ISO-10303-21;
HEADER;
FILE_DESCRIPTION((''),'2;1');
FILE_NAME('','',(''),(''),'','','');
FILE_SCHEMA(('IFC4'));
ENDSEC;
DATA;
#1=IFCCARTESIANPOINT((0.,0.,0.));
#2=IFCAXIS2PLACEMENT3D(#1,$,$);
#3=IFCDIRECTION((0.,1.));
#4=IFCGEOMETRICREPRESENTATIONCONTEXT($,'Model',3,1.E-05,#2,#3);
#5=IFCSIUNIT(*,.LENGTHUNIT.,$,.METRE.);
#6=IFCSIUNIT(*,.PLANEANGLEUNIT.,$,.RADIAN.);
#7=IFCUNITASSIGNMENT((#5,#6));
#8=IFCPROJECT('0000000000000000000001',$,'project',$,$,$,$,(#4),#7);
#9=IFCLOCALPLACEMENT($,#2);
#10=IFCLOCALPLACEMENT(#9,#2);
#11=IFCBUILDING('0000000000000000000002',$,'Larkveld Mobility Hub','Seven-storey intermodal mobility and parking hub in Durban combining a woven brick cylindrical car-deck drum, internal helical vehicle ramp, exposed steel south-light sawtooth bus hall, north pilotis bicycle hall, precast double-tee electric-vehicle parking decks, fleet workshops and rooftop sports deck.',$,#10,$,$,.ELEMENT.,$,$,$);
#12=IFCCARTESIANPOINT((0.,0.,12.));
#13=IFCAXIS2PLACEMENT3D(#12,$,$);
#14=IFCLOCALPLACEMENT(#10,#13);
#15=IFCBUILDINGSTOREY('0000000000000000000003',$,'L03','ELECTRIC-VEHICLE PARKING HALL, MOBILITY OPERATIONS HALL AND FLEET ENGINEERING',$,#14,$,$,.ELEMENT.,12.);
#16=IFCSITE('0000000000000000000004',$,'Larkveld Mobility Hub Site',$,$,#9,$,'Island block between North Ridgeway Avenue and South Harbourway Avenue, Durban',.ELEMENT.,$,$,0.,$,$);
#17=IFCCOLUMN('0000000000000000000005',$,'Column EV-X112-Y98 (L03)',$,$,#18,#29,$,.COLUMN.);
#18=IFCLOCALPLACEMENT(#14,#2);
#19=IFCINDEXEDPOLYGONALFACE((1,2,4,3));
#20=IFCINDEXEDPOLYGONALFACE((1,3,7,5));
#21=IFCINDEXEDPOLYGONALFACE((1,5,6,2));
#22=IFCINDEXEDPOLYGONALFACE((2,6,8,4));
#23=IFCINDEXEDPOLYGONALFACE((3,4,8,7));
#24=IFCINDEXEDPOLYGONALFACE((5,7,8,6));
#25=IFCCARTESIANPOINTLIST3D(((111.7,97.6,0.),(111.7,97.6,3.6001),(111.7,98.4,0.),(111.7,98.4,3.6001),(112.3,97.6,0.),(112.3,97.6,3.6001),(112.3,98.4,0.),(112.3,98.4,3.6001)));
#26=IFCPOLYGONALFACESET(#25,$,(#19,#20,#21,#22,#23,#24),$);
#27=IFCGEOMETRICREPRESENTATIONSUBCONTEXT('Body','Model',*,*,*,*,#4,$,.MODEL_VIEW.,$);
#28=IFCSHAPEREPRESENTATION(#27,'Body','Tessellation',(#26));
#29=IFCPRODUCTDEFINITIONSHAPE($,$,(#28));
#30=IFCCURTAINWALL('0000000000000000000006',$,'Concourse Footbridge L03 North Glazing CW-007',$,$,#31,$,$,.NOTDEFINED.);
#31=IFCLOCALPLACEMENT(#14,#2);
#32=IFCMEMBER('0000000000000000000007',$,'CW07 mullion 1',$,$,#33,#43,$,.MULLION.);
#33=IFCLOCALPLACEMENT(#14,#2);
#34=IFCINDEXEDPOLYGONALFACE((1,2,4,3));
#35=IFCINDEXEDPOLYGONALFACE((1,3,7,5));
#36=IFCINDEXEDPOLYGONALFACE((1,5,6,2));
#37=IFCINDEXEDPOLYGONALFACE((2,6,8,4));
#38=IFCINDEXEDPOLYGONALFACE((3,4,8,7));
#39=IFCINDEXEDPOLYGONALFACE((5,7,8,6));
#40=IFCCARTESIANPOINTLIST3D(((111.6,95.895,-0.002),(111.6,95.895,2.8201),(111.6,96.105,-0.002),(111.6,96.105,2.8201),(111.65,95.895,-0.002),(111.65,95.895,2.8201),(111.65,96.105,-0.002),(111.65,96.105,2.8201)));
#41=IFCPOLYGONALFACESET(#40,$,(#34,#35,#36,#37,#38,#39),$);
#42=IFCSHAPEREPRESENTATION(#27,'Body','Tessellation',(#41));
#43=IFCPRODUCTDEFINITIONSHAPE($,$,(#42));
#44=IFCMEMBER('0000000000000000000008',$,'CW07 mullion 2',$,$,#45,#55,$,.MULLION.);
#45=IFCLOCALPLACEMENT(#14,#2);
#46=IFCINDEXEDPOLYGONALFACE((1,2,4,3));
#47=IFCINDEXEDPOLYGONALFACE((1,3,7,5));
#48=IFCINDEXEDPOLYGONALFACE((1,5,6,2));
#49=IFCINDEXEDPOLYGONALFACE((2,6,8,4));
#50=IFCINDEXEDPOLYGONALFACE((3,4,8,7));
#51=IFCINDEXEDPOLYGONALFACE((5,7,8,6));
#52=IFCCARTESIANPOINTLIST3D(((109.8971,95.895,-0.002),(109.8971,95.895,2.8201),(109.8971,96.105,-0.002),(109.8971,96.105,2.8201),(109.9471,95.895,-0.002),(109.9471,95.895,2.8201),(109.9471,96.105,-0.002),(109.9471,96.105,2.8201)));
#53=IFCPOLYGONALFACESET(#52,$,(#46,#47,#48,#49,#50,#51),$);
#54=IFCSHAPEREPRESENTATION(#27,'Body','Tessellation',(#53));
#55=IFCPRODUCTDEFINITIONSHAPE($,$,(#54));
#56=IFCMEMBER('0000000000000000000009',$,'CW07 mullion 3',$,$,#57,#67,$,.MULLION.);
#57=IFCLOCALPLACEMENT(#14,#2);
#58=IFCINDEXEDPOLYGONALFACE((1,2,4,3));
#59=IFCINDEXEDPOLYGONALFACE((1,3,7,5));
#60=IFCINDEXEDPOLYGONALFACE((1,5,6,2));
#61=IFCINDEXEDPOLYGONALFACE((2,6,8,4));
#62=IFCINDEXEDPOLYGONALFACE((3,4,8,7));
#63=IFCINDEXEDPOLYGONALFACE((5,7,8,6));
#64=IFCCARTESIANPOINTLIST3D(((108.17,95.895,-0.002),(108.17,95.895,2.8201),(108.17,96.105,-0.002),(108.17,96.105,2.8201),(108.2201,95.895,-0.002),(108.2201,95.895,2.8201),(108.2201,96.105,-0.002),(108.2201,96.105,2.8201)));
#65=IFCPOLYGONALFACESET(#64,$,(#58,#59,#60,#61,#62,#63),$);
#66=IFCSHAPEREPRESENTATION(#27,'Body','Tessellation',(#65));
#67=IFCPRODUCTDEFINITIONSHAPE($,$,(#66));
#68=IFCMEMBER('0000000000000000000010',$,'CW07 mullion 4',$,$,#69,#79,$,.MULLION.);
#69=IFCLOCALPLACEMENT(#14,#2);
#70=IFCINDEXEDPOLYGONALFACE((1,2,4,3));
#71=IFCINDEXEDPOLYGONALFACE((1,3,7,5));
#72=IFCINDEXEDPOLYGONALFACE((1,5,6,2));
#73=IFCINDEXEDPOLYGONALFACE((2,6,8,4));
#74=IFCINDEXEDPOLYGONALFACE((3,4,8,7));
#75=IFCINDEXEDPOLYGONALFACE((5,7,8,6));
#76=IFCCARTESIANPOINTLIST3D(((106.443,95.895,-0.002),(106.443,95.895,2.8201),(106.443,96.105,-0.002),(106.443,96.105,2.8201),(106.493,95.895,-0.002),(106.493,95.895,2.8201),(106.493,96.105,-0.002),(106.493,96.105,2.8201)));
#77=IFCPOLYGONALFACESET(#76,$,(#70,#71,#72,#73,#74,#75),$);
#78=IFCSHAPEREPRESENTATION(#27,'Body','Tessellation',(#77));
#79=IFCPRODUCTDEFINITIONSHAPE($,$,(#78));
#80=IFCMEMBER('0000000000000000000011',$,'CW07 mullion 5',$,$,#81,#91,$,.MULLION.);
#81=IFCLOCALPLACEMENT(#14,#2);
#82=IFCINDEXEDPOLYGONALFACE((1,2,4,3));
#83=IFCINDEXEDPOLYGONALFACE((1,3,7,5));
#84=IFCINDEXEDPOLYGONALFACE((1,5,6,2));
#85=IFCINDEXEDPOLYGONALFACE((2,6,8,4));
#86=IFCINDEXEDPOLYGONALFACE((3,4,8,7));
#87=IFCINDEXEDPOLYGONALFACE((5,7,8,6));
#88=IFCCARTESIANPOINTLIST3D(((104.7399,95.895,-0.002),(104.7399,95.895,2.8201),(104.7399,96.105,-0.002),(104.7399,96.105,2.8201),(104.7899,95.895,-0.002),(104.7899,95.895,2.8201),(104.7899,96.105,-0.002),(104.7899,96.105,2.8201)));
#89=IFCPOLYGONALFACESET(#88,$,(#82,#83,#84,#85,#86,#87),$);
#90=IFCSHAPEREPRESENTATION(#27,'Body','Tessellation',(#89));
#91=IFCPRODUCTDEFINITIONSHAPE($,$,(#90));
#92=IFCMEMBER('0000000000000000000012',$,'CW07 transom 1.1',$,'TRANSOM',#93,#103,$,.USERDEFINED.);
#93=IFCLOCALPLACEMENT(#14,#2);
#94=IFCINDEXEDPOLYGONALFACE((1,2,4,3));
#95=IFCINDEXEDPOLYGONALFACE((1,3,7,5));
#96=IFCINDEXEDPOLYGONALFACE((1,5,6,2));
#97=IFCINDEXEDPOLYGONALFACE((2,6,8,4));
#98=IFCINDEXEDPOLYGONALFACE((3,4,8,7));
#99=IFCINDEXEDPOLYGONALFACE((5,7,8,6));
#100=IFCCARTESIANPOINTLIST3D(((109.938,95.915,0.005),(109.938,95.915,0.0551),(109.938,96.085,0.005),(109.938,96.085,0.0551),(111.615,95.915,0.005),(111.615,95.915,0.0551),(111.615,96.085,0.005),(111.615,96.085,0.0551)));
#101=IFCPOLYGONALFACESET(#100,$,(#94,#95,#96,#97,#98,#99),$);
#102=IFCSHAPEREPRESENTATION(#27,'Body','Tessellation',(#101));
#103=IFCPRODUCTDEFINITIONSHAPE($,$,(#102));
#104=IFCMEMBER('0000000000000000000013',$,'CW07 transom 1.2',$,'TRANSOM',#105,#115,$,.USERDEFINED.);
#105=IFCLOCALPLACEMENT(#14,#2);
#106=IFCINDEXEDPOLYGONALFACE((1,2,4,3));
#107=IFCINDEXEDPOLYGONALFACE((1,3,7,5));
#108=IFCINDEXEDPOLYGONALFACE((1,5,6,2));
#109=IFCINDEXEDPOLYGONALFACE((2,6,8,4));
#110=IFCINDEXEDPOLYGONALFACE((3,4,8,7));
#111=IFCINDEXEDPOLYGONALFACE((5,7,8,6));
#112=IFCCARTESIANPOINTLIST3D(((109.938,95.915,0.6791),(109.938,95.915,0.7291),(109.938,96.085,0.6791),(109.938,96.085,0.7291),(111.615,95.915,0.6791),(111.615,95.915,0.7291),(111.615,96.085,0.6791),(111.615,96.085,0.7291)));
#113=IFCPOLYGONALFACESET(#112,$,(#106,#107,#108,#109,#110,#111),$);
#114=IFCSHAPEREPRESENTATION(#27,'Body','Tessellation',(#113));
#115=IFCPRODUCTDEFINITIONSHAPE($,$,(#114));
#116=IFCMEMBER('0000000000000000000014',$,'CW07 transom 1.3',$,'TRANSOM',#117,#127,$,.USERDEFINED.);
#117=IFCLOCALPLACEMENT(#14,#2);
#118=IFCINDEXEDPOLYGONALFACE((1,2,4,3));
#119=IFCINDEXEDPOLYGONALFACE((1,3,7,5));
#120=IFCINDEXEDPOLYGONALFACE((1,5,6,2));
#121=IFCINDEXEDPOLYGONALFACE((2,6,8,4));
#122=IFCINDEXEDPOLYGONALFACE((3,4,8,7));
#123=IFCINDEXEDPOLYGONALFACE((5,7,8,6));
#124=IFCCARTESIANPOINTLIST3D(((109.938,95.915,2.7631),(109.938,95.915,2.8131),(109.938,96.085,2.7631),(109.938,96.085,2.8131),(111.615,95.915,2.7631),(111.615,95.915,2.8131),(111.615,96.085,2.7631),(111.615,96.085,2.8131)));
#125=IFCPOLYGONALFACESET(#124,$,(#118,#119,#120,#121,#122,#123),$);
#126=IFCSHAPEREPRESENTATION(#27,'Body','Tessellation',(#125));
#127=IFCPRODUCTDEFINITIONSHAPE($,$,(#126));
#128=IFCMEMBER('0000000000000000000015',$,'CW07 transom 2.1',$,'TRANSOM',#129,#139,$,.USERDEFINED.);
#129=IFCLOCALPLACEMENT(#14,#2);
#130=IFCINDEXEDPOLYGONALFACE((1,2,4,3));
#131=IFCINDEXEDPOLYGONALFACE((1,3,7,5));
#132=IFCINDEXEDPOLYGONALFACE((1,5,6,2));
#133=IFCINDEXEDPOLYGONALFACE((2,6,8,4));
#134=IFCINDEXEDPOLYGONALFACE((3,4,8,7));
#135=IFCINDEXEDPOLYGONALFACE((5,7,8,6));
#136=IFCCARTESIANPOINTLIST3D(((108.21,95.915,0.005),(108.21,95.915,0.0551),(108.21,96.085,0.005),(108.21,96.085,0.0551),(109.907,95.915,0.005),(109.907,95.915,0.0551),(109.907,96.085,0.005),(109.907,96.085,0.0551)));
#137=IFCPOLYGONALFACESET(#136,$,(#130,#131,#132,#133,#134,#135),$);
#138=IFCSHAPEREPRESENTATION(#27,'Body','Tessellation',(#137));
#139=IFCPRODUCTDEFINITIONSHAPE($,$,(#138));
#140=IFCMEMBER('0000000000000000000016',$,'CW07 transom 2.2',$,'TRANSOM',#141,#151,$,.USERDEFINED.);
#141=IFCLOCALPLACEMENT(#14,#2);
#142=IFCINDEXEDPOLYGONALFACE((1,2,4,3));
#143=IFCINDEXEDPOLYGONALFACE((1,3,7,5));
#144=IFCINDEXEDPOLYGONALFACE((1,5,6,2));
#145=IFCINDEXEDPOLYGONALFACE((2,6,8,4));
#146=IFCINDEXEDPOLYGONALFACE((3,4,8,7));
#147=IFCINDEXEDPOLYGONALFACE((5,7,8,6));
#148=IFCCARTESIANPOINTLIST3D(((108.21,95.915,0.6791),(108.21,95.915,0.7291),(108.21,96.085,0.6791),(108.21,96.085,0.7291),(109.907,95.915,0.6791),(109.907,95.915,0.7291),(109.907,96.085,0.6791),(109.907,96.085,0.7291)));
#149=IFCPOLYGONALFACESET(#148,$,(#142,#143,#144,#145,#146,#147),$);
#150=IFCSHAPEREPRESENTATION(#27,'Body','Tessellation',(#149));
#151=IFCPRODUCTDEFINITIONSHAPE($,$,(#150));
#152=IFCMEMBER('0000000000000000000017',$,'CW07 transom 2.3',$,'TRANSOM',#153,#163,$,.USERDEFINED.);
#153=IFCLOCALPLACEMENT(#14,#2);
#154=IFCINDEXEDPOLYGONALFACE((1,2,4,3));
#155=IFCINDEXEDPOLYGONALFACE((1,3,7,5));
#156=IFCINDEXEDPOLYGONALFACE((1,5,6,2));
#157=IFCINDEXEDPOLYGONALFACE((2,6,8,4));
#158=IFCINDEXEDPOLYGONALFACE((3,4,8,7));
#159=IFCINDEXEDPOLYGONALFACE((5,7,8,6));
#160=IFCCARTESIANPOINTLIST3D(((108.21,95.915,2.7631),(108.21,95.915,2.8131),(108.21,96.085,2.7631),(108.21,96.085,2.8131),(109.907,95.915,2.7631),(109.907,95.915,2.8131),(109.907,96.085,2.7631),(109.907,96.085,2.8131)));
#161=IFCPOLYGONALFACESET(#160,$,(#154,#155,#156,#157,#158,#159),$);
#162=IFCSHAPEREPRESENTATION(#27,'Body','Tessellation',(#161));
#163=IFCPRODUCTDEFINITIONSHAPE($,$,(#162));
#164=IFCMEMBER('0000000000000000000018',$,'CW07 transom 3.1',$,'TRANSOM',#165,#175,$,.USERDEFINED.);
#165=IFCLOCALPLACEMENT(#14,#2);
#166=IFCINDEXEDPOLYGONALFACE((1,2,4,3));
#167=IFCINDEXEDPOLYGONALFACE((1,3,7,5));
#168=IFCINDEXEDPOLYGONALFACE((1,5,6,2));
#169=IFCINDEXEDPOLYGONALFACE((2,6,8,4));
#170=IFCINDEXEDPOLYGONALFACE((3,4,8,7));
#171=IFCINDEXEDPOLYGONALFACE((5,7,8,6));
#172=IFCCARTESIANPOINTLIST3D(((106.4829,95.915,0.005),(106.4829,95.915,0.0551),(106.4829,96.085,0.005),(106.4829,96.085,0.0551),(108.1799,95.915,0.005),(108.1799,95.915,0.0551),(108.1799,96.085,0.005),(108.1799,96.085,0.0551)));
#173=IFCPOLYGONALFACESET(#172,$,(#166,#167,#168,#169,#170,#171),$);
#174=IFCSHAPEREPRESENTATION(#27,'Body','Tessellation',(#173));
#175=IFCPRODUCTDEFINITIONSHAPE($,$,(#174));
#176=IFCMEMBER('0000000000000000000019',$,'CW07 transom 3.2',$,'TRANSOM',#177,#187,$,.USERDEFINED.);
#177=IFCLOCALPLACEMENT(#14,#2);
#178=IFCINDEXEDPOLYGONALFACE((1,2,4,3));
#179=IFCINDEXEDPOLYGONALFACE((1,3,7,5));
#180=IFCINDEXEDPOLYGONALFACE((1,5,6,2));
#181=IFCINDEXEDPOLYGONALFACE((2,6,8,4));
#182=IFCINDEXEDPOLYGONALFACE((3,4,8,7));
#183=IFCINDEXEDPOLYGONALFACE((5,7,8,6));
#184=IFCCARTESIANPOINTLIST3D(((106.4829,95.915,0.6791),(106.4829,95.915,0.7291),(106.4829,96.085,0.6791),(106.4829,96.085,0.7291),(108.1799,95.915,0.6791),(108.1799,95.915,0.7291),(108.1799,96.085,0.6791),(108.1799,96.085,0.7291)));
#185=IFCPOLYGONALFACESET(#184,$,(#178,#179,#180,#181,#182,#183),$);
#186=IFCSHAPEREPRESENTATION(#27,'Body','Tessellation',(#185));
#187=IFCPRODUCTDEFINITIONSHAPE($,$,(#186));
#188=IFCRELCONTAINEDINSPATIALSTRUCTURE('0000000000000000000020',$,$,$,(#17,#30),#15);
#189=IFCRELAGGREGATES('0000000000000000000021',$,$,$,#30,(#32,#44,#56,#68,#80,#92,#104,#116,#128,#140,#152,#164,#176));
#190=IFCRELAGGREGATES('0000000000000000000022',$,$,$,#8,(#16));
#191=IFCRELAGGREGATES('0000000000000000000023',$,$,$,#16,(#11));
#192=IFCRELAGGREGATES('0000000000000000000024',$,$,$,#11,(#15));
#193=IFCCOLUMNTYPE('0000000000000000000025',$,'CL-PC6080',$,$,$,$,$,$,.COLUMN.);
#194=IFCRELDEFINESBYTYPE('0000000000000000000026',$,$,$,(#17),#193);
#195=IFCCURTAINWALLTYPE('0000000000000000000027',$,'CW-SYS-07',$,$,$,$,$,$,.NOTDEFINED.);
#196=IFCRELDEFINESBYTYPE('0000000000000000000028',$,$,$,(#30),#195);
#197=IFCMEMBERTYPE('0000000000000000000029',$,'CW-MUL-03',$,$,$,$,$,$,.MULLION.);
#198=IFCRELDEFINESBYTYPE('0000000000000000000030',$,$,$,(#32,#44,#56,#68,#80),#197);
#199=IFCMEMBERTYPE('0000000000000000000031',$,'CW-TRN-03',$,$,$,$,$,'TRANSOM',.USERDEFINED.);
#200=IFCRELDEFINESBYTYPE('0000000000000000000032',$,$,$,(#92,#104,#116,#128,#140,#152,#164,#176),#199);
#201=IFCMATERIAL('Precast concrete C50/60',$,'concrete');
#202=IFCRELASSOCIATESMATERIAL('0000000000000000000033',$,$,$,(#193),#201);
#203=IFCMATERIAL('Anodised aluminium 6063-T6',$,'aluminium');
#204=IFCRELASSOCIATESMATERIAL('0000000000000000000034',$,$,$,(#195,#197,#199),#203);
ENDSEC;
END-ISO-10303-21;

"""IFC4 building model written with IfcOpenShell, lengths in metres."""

from ifc_helpers import new_model, si_unit, direction, frame, origin, origin_2d, place, context, subcontext, project, spatial, rectangle, extrude, material, material_profile, profile_set, type_object, element, aggregate, save


model = new_model("IFC4")

# Units and contexts
model_context = context("Model", 3, precision=1e-05, world=origin(), true_north=direction((0.0, 1.0)))
body_context = subcontext(model_context, "Body", "Model", "MODEL_VIEW")
ifc_project = project(units=[si_unit("LENGTHUNIT", "METRE"), si_unit("PLANEANGLEUNIT", "RADIAN")], contexts=[model_context])

# Site, building, storey
site_placement = place(None, origin())
site = spatial("IfcSite", under=ifc_project, at=site_placement, Name="Larkveld Mobility Hub Site", LongName="Island block between North Ridgeway Avenue and South Harbourway Avenue, Durban", CompositionType="ELEMENT", RefElevation=0.0)
building_placement = place(site_placement, origin())
building = spatial("IfcBuilding", under=site, at=building_placement, Name="Larkveld Mobility Hub", Description="Seven-storey intermodal mobility and parking hub in Durban combining a woven brick cylindrical car-deck drum, internal helical vehicle ramp, exposed steel south-light sawtooth bus hall, north pilotis bicycle hall, precast double-tee electric-vehicle parking decks, fleet workshops and rooftop sports deck.", CompositionType="ELEMENT")
storey_placement = place(building_placement, frame((0.0, 0.0, 12.0)))
storey = spatial("IfcBuildingStorey", under=building, at=storey_placement, Name="L03", Description="ELECTRIC-VEHICLE PARKING HALL, MOBILITY OPERATIONS HALL AND FLEET ENGINEERING", CompositionType="ELEMENT", Elevation=12.0)

# Column
ifc_material_1 = material(Name="Precast concrete C50/60", Category="concrete")
ifc_material_profile_1 = material_profile(ifc_material_1, rectangle(XDim=0.6001, YDim=0.8, at=origin_2d()), Name="RC COL 600x800")
ifc_profile_set_1 = profile_set([ifc_material_profile_1], Name="Precast concrete C50/60")
column_type = type_object("IfcColumnType", Name="CL-PC6080", PredefinedType="COLUMN", material=ifc_profile_set_1)
column_placement = place(storey_placement, frame((112.0, 98.0, 0.0), z_axis=(0.0, 0.0, 1.0), x_axis=(1.0, 0.0, 0.0)))
element("IfcColumn", 1, at=column_placement, inside=storey, type_object=column_type, Name="Column EV-X112-Y98 (L03)", PredefinedType="COLUMN", context=body_context, shape_type="SweptSolid", body=[
    extrude(rectangle(XDim=0.6001, YDim=0.8, at=origin_2d()), origin(), (0.0, 0.0, 1.0), 3.6001),
])

# Curtain wall, members
ifc_material_2 = material(Name="Anodised aluminium 6063-T6", Category="aluminium")
curtain_wall_type = type_object("IfcCurtainWallType", Name="CW-SYS-07", PredefinedType="NOTDEFINED", material=ifc_material_2)
curtain_wall_placement = place(storey_placement, origin())
curtain_wall = element("IfcCurtainWall", 2, at=curtain_wall_placement, inside=storey, type_object=curtain_wall_type, Name="Concourse Footbridge L03 North Glazing CW-007", PredefinedType="NOTDEFINED")
ifc_material_profile_2 = material_profile(ifc_material_2, rectangle(XDim=0.05, YDim=0.21, at=origin_2d()), Name="ALU MULL 50x210")
ifc_profile_set_2 = profile_set([ifc_material_profile_2], Name="Anodised aluminium 6063-T6")
member_type_1 = type_object("IfcMemberType", Name="CW-MUL-03", PredefinedType="MULLION", material=ifc_profile_set_2)
member_1_placement = place(storey_placement, frame((111.625, 96.0, -0.002), z_axis=(0.0, 0.0, 1.0), x_axis=(-1.0, 0.0, 0.0)))
member_1 = element("IfcMember", 3, at=member_1_placement, type_object=member_type_1, Name="CW07 mullion 1", PredefinedType="MULLION", context=body_context, shape_type="SweptSolid", body=[
    extrude(rectangle(XDim=0.05, YDim=0.21, at=origin_2d()), origin(), (0.0, 0.0, 1.0), 2.822),
])
member_2_placement = place(storey_placement, frame((109.9221, 96.0, -0.002), z_axis=(0.0, 0.0, 1.0), x_axis=(-1.0, 0.0, 0.0)))
member_2 = element("IfcMember", 4, at=member_2_placement, type_object=member_type_1, Name="CW07 mullion 2", PredefinedType="MULLION", context=body_context, shape_type="SweptSolid", body=[
    extrude(rectangle(XDim=0.05, YDim=0.21, at=origin_2d()), origin(), (0.0, 0.0, 1.0), 2.822),
])
member_3_placement = place(storey_placement, frame((108.1951, 96.0, -0.002), z_axis=(0.0, 0.0, 1.0), x_axis=(-1.0, 0.0, 0.0)))
member_3 = element("IfcMember", 5, at=member_3_placement, type_object=member_type_1, Name="CW07 mullion 3", PredefinedType="MULLION", context=body_context, shape_type="SweptSolid", body=[
    extrude(rectangle(XDim=0.05, YDim=0.21, at=origin_2d()), origin(), (0.0, 0.0, 1.0), 2.822),
])
member_4_placement = place(storey_placement, frame((106.468, 96.0, -0.002), z_axis=(0.0, 0.0, 1.0), x_axis=(-1.0, 0.0, 0.0)))
member_4 = element("IfcMember", 6, at=member_4_placement, type_object=member_type_1, Name="CW07 mullion 4", PredefinedType="MULLION", context=body_context, shape_type="SweptSolid", body=[
    extrude(rectangle(XDim=0.05, YDim=0.21, at=origin_2d()), origin(), (0.0, 0.0, 1.0), 2.822),
])
member_5_placement = place(storey_placement, frame((104.7649, 96.0, -0.002), z_axis=(0.0, 0.0, 1.0), x_axis=(-1.0, 0.0, 0.0)))
member_5 = element("IfcMember", 7, at=member_5_placement, type_object=member_type_1, Name="CW07 mullion 5", PredefinedType="MULLION", context=body_context, shape_type="SweptSolid", body=[
    extrude(rectangle(XDim=0.05, YDim=0.21, at=origin_2d()), origin(), (0.0, 0.0, 1.0), 2.822),
])
ifc_material_profile_3 = material_profile(ifc_material_2, rectangle(XDim=0.1699, YDim=0.05, at=origin_2d()), Name="ALU TRAN 50x170")
ifc_profile_set_3 = profile_set([ifc_material_profile_3], Name="Anodised aluminium 6063-T6")
member_type_2 = type_object("IfcMemberType", Name="CW-TRN-03", ElementType="TRANSOM", PredefinedType="USERDEFINED", material=ifc_profile_set_3)
member_6_placement = place(storey_placement, frame((111.615, 96.0, 0.03), z_axis=(-1.0, 0.0, 0.0), x_axis=(0.0, -1.0, 0.0)))
member_6 = element("IfcMember", 8, at=member_6_placement, type_object=member_type_2, Name="CW07 transom 1.1", ObjectType="TRANSOM", PredefinedType="USERDEFINED", context=body_context, shape_type="SweptSolid", body=[
    extrude(rectangle(XDim=0.1699, YDim=0.05, at=origin_2d()), origin(), (0.0, 0.0, 1.0), 1.677),
])
member_7_placement = place(storey_placement, frame((111.615, 96.0, 0.7041), z_axis=(-1.0, 0.0, 0.0), x_axis=(0.0, -1.0, 0.0)))
member_7 = element("IfcMember", 9, at=member_7_placement, type_object=member_type_2, Name="CW07 transom 1.2", ObjectType="TRANSOM", PredefinedType="USERDEFINED", context=body_context, shape_type="SweptSolid", body=[
    extrude(rectangle(XDim=0.1699, YDim=0.05, at=origin_2d()), origin(), (0.0, 0.0, 1.0), 1.677),
])
member_8_placement = place(storey_placement, frame((111.615, 96.0, 2.7881), z_axis=(-1.0, 0.0, 0.0), x_axis=(0.0, -1.0, 0.0)))
member_8 = element("IfcMember", 10, at=member_8_placement, type_object=member_type_2, Name="CW07 transom 1.3", ObjectType="TRANSOM", PredefinedType="USERDEFINED", context=body_context, shape_type="SweptSolid", body=[
    extrude(rectangle(XDim=0.1699, YDim=0.05, at=origin_2d()), origin(), (0.0, 0.0, 1.0), 1.677),
])
member_9_placement = place(storey_placement, frame((109.907, 96.0, 0.03), z_axis=(-1.0, 0.0, 0.0), x_axis=(0.0, -1.0, 0.0)))
member_9 = element("IfcMember", 11, at=member_9_placement, type_object=member_type_2, Name="CW07 transom 2.1", ObjectType="TRANSOM", PredefinedType="USERDEFINED", context=body_context, shape_type="SweptSolid", body=[
    extrude(rectangle(XDim=0.1699, YDim=0.05, at=origin_2d()), origin(), (0.0, 0.0, 1.0), 1.697),
])
member_10_placement = place(storey_placement, frame((109.907, 96.0, 0.7041), z_axis=(-1.0, 0.0, 0.0), x_axis=(0.0, -1.0, 0.0)))
member_10 = element("IfcMember", 12, at=member_10_placement, type_object=member_type_2, Name="CW07 transom 2.2", ObjectType="TRANSOM", PredefinedType="USERDEFINED", context=body_context, shape_type="SweptSolid", body=[
    extrude(rectangle(XDim=0.1699, YDim=0.05, at=origin_2d()), origin(), (0.0, 0.0, 1.0), 1.697),
])
member_11_placement = place(storey_placement, frame((109.907, 96.0, 2.7881), z_axis=(-1.0, 0.0, 0.0), x_axis=(0.0, -1.0, 0.0)))
member_11 = element("IfcMember", 13, at=member_11_placement, type_object=member_type_2, Name="CW07 transom 2.3", ObjectType="TRANSOM", PredefinedType="USERDEFINED", context=body_context, shape_type="SweptSolid", body=[
    extrude(rectangle(XDim=0.1699, YDim=0.05, at=origin_2d()), origin(), (0.0, 0.0, 1.0), 1.697),
])
member_12_placement = place(storey_placement, frame((108.1799, 96.0, 0.03), z_axis=(-1.0, 0.0, 0.0), x_axis=(0.0, -1.0, 0.0)))
member_12 = element("IfcMember", 14, at=member_12_placement, type_object=member_type_2, Name="CW07 transom 3.1", ObjectType="TRANSOM", PredefinedType="USERDEFINED", context=body_context, shape_type="SweptSolid", body=[
    extrude(rectangle(XDim=0.1699, YDim=0.05, at=origin_2d()), origin(), (0.0, 0.0, 1.0), 1.697),
])
member_13_placement = place(storey_placement, frame((108.1799, 96.0, 0.7041), z_axis=(-1.0, 0.0, 0.0), x_axis=(0.0, -1.0, 0.0)))
member_13 = element("IfcMember", 15, at=member_13_placement, type_object=member_type_2, Name="CW07 transom 3.2", ObjectType="TRANSOM", PredefinedType="USERDEFINED", context=body_context, shape_type="SweptSolid", body=[
    extrude(rectangle(XDim=0.1699, YDim=0.05, at=origin_2d()), origin(), (0.0, 0.0, 1.0), 1.697),
])

aggregate(curtain_wall, [member_1, member_2, member_3, member_4, member_5, member_6, member_7, member_8, member_9, member_10, member_11, member_12, member_13])

save(model, "model.ifc")
